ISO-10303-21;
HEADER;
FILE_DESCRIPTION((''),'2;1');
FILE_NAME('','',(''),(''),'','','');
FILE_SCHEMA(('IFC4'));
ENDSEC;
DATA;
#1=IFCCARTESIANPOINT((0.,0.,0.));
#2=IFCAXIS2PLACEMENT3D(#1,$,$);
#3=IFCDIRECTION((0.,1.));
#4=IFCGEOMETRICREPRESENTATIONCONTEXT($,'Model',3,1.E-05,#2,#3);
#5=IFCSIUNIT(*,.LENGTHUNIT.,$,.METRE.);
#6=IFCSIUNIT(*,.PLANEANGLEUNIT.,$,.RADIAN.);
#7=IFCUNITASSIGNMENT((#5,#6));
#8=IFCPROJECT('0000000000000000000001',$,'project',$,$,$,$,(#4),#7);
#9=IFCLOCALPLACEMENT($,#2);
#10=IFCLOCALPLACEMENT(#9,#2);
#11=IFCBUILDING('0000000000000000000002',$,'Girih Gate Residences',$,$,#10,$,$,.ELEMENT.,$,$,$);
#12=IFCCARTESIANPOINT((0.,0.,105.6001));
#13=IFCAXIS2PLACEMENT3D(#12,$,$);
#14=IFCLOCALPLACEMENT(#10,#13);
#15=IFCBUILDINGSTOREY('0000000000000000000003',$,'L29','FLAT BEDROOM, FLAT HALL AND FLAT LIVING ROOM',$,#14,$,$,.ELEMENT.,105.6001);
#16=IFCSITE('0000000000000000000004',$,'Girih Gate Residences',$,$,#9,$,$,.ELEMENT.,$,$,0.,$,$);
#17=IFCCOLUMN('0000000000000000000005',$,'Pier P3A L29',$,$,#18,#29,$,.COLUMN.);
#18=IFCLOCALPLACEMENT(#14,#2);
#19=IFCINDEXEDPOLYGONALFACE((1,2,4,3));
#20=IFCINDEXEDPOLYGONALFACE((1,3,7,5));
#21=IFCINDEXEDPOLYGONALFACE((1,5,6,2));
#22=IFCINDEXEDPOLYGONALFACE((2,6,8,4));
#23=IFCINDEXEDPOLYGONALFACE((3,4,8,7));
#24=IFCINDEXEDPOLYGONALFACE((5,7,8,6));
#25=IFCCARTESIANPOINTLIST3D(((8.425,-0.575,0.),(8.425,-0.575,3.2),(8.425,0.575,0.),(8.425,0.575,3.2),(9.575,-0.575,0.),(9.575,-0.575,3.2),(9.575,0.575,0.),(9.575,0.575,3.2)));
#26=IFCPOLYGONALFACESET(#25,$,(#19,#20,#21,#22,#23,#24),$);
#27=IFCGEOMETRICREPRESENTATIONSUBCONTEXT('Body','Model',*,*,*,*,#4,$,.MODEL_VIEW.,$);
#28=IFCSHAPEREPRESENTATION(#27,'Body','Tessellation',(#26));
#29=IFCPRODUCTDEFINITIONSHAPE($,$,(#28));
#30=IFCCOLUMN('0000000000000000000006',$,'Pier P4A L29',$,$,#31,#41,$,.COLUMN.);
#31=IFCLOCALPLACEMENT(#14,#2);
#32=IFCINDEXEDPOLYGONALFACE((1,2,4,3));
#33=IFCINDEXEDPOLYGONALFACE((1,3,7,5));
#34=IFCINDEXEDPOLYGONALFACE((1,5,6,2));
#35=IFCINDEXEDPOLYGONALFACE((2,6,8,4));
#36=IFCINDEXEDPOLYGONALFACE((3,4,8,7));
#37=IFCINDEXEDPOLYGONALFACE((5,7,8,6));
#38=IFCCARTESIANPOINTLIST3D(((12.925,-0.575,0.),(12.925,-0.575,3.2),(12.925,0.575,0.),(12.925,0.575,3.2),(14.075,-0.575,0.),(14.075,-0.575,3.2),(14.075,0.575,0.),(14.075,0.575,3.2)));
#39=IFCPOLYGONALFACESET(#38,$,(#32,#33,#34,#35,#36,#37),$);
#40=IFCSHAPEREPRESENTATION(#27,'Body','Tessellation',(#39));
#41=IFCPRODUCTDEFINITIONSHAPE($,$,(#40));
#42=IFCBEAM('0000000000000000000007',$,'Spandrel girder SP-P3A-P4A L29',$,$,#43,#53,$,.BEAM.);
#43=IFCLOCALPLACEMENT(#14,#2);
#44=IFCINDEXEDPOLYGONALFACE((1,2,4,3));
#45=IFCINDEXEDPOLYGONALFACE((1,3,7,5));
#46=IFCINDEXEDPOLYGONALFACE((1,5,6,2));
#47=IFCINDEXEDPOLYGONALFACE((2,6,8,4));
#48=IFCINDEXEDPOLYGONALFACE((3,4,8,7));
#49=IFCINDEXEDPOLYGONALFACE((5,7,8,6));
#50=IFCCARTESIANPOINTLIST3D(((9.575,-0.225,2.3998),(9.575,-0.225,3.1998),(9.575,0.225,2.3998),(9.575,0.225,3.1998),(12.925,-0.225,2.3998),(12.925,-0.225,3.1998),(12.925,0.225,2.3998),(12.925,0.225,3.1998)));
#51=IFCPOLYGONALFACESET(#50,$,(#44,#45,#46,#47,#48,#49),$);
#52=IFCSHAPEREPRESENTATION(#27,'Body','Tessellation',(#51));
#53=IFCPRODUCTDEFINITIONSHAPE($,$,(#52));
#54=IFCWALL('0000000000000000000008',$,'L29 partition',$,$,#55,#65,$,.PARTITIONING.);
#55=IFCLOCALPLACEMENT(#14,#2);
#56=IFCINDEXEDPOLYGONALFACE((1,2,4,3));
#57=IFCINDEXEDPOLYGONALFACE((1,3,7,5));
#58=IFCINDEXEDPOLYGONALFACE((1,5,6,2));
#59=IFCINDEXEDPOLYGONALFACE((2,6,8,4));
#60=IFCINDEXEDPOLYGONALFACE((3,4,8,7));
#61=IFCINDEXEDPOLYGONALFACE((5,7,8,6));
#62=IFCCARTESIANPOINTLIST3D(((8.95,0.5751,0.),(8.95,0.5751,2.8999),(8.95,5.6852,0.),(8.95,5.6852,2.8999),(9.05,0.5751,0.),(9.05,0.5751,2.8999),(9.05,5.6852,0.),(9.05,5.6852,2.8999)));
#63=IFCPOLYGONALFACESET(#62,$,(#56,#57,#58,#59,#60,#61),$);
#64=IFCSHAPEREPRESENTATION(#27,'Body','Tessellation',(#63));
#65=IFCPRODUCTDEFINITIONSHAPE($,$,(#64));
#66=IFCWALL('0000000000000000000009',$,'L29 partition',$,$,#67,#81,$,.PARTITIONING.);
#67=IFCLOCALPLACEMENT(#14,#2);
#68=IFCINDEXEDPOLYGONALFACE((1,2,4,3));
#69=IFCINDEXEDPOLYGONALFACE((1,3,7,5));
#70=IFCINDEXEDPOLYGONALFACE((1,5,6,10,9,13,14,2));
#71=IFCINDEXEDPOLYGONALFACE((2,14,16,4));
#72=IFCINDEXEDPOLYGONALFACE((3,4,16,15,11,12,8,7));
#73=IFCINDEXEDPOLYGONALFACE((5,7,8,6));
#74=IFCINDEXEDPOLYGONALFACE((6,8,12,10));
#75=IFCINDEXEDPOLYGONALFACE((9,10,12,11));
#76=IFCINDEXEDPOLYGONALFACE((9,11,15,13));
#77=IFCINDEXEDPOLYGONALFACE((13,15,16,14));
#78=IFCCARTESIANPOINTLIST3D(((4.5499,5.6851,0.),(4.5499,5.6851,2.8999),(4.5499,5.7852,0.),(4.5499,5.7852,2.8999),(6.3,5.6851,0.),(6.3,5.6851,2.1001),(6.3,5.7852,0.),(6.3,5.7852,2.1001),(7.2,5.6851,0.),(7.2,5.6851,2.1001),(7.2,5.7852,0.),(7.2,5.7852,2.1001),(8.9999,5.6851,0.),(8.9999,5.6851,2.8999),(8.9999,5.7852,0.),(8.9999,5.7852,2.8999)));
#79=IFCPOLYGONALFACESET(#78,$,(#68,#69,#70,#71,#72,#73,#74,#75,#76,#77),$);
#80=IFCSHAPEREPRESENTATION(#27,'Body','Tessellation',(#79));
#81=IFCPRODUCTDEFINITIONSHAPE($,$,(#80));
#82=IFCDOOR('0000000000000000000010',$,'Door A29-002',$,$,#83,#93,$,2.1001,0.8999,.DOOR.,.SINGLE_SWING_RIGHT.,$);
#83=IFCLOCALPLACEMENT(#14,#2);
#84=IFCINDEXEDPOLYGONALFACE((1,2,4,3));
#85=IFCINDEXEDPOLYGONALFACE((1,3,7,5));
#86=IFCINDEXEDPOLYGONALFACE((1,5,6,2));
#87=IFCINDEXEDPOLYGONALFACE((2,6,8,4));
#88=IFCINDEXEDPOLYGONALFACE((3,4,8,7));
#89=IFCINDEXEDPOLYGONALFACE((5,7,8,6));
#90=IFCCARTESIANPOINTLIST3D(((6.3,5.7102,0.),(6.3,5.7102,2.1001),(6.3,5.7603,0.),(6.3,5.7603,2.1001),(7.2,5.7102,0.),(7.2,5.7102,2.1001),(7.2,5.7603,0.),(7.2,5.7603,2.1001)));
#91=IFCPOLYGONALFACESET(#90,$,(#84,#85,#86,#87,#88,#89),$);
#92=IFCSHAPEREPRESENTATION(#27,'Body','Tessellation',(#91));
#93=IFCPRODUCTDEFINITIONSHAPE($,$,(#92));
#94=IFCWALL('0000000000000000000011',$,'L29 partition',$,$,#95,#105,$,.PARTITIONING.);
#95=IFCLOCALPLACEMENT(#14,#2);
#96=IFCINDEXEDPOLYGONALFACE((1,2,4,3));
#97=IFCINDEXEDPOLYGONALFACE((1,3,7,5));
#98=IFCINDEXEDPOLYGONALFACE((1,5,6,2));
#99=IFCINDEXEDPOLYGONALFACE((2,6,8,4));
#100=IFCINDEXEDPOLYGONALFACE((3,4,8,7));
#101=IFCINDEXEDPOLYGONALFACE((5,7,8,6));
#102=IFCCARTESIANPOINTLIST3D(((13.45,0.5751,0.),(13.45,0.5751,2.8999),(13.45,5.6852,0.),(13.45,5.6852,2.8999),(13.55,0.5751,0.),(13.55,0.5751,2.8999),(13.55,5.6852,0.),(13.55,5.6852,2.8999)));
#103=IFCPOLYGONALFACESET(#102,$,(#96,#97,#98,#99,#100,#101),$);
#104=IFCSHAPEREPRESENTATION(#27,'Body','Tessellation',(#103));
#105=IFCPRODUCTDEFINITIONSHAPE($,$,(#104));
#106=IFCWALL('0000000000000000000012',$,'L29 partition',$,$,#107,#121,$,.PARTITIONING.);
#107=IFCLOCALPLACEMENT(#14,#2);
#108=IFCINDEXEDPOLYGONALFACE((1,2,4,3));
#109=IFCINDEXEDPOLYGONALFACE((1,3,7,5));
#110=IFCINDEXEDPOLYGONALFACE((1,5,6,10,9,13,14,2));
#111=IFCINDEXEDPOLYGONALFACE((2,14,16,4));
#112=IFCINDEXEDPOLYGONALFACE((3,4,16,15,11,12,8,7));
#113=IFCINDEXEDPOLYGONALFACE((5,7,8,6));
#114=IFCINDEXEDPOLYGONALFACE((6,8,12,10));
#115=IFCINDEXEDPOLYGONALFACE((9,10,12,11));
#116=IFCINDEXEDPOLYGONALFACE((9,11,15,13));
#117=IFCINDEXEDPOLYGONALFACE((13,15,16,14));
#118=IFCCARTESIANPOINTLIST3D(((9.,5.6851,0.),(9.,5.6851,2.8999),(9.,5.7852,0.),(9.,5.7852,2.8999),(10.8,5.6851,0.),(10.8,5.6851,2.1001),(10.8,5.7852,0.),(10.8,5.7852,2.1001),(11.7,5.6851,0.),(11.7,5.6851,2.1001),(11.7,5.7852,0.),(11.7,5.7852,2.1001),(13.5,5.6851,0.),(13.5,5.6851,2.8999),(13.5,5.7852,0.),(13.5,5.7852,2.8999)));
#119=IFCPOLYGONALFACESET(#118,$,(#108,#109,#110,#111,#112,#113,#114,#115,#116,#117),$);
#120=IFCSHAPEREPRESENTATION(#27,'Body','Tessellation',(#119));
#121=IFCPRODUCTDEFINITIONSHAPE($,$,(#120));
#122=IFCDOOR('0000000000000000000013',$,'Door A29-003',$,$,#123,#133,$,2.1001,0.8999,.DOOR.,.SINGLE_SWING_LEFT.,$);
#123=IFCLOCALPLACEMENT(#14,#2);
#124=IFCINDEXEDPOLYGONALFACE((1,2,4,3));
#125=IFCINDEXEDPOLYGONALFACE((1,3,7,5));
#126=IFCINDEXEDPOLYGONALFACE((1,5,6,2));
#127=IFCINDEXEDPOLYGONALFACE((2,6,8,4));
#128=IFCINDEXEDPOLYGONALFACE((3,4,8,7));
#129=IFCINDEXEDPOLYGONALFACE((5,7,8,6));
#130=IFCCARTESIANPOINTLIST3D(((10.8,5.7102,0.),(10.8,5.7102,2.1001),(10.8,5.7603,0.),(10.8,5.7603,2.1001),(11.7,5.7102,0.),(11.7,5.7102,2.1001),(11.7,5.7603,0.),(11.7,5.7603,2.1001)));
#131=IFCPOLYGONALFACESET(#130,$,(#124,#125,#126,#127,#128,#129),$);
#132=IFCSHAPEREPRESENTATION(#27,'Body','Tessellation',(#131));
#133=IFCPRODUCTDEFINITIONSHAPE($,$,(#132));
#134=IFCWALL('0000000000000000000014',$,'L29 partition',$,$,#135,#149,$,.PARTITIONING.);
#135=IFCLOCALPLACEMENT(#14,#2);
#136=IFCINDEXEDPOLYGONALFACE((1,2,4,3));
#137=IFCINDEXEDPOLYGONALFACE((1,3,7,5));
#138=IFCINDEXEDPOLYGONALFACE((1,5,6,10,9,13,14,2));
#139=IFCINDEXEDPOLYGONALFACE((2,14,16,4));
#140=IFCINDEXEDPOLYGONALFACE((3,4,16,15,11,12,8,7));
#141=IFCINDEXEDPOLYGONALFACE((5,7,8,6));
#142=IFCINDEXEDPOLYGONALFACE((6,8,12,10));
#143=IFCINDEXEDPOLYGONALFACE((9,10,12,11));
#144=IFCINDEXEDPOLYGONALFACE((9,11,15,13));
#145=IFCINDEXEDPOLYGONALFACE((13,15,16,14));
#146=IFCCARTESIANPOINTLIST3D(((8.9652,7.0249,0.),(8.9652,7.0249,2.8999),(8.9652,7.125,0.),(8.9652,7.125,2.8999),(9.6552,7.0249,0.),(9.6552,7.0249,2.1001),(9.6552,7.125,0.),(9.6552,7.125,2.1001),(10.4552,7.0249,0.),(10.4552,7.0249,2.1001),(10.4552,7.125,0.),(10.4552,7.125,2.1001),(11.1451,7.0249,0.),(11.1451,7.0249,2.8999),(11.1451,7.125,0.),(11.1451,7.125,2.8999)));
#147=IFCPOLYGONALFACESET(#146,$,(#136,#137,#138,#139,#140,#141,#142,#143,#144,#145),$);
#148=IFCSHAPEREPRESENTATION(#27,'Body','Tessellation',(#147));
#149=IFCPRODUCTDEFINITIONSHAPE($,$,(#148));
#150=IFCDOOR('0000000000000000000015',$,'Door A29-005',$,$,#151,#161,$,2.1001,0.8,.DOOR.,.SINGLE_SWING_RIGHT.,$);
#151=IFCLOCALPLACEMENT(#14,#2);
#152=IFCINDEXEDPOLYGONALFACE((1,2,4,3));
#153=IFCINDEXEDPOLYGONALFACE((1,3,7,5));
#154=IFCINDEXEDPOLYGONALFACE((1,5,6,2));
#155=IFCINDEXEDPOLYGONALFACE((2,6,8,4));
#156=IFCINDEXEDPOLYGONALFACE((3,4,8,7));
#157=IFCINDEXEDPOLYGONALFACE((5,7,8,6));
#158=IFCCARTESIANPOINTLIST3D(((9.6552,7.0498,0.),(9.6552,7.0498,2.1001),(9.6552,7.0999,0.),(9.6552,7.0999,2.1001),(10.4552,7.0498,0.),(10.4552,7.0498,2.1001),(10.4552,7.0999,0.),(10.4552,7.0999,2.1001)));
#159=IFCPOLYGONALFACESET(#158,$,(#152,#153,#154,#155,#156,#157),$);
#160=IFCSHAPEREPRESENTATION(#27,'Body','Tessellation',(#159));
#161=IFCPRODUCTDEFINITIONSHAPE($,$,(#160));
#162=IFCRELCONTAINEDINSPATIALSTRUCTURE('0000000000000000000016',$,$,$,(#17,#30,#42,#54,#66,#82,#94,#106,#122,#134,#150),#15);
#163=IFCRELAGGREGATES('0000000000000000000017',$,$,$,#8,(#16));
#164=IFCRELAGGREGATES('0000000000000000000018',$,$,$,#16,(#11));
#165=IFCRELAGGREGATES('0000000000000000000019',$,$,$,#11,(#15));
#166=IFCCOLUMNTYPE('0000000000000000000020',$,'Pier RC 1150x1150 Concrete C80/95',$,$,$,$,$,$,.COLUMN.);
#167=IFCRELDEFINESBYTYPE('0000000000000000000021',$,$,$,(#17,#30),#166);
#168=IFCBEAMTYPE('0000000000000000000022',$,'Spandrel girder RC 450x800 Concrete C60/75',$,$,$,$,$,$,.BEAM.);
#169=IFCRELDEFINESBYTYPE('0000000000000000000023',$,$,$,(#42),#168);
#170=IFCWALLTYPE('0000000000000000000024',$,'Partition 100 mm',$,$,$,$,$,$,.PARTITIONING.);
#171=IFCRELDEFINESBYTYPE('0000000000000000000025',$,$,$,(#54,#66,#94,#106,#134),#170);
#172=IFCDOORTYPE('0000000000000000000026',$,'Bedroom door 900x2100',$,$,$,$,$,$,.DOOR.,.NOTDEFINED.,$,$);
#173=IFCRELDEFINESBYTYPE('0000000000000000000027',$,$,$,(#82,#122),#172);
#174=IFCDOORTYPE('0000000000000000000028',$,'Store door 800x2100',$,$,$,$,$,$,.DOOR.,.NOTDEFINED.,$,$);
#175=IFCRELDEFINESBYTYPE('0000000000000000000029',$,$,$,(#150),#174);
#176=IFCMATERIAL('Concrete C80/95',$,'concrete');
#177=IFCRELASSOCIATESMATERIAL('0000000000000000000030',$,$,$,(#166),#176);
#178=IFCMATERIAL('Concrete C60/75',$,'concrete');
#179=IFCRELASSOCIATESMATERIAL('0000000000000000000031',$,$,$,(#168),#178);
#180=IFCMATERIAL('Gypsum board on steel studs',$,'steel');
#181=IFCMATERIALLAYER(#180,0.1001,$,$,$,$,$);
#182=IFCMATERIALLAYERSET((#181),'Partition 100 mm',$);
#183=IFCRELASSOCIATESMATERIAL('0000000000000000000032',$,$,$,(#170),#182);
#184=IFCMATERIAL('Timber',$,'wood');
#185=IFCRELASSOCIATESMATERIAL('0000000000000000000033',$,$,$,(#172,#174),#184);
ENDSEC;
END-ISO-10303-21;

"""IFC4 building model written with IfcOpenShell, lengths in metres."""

from ifc_helpers import new_model, si_unit, direction, frame, frame_2d, origin, origin_2d, place, context, subcontext, project, spatial, rectangle, extrude, material, layer, layer_set, material_profile, profile_set, type_object, element, fill, save


model = new_model("IFC4")

# Units and contexts
model_context = context("Model", 3, precision=1e-05, world=origin(), true_north=direction((0.0, 1.0)))
body_context = subcontext(model_context, "Body", "Model", "MODEL_VIEW")
ifc_project = project(units=[si_unit("LENGTHUNIT", "METRE"), si_unit("PLANEANGLEUNIT", "RADIAN")], contexts=[model_context])

# Site, building, storey
site_placement = place(None, origin())
site = spatial("IfcSite", under=ifc_project, at=site_placement, Name="Girih Gate Residences", CompositionType="ELEMENT", RefElevation=0.0)
building_placement = place(site_placement, origin())
building = spatial("IfcBuilding", under=site, at=building_placement, Name="Girih Gate Residences", CompositionType="ELEMENT")
storey_placement = place(building_placement, frame((0.0, 0.0, 105.6001)))
storey = spatial("IfcBuildingStorey", under=building, at=storey_placement, Name="L29", Description="FLAT BEDROOM, FLAT HALL AND FLAT LIVING ROOM", CompositionType="ELEMENT", Elevation=105.6001)

# Columns
ifc_material_1 = material(Name="Concrete C80/95", Category="concrete")
ifc_material_profile_1 = material_profile(ifc_material_1, rectangle(XDim=1.1499, YDim=1.1499, at=origin_2d()))
ifc_profile_set_1 = profile_set([ifc_material_profile_1], Name="Concrete C80/95")
column_type = type_object("IfcColumnType", Name="Pier RC 1150x1150 Concrete C80/95", PredefinedType="COLUMN", material=ifc_profile_set_1)
for number, where, z_axis, x_axis, name in (
    (1, (9.0, 0.0, 0.0), (0.0, 0.0, 1.0), (1.0, 0.0, 0.0), "Pier P3A L29"),
    (2, (13.5, 0.0, 0.0), (0.0, 0.0, 1.0), (1.0, 0.0, 0.0), "Pier P4A L29"),
):
    element("IfcColumn", number, at=place(storey_placement, frame(where, z_axis=z_axis, x_axis=x_axis)), inside=storey, type_object=column_type, Name=name, PredefinedType="COLUMN", context=body_context, shape_type="SweptSolid", body=[
        extrude(rectangle(XDim=1.1499, YDim=1.1499, at=origin_2d()), origin(), (0.0, 0.0, 1.0), 3.2),
    ])

# Beam
ifc_material_2 = material(Name="Concrete C60/75", Category="concrete")
ifc_material_profile_2 = material_profile(ifc_material_2, rectangle(XDim=0.45, YDim=0.8, at=origin_2d()))
ifc_profile_set_2 = profile_set([ifc_material_profile_2], Name="Concrete C60/75")
beam_type = type_object("IfcBeamType", Name="Spandrel girder RC 450x800 Concrete C60/75", PredefinedType="BEAM", material=ifc_profile_set_2)
beam_placement = place(storey_placement, frame((9.575, 0.0, 2.7998), z_axis=(1.0, 0.0, 0.0), x_axis=(0.0, 1.0, 0.0)))
element("IfcBeam", 3, at=beam_placement, inside=storey, type_object=beam_type, Name="Spandrel girder SP-P3A-P4A L29", PredefinedType="BEAM", context=body_context, shape_type="SweptSolid", body=[
    extrude(rectangle(XDim=0.45, YDim=0.8, at=origin_2d()), origin(), (0.0, 0.0, 1.0), 3.3501),
])

# Wall
ifc_material_3 = material(Name="Gypsum board on steel studs", Category="steel")
ifc_layer_1 = layer(ifc_material_3, 0.1001)
ifc_layer_set_1 = layer_set([ifc_layer_1], Name="Partition 100 mm")
wall_type_1 = type_object("IfcWallType", Name="Partition 100 mm", PredefinedType="PARTITIONING", material=ifc_layer_set_1)
wall_1_placement = place(storey_placement, frame((9.0, 0.575, 0.0), z_axis=(0.0, 0.0, 1.0), x_axis=(0.0, 1.0, 0.0)))
element("IfcWall", 4, at=wall_1_placement, inside=storey, type_object=wall_type_1, Name="L29 partition", PredefinedType="PARTITIONING", context=body_context, shape_type="SweptSolid", body=[
    extrude(rectangle(XDim=5.1101, YDim=0.1001, at=frame_2d((2.5552, 0.0))), origin(), (0.0, 0.0, 1.0), 2.8999),
])

# Wall, opening, door
wall_2_placement = place(storey_placement, frame((9.0, 5.7351, 0.0), z_axis=(0.0, 0.0, 1.0), x_axis=(-1.0, 0.0, 0.0)))
wall_2 = element("IfcWall", 5, at=wall_2_placement, inside=storey, type_object=wall_type_1, Name="L29 partition", PredefinedType="PARTITIONING", context=body_context, shape_type="SweptSolid", body=[
    extrude(rectangle(XDim=4.45, YDim=0.1001, at=frame_2d((2.2251, 0.0))), origin(), (0.0, 0.0, 1.0), 2.8999),
])
opening_1_placement = place(wall_2_placement, frame((1.8, 0.0, 0.0)))
opening_1 = element("IfcOpeningElement", 6, at=opening_1_placement, cuts=wall_2, PredefinedType="OPENING", context=body_context, shape_type="SweptSolid", body=[
    extrude(rectangle(XDim=0.8999, YDim=2.1001, at=frame_2d((0.45, 1.05))), frame((0.0, 0.0601, 0.0), z_axis=(0.0, -1.0, 0.0), x_axis=(1.0, 0.0, 0.0)), (0.0, 0.0, 1.0), 0.1201),
])
ifc_material_4 = material(Name="Timber", Category="wood")
door_type_1 = type_object("IfcDoorType", Name="Bedroom door 900x2100", OperationType="NOTDEFINED", PredefinedType="DOOR", material=ifc_material_4)
door_1_placement = place(opening_1_placement, origin())
door_1 = element("IfcDoor", 7, at=door_1_placement, inside=storey, type_object=door_type_1, Name="Door A29-002", OperationType="SINGLE_SWING_RIGHT", OverallHeight=2.1001, OverallWidth=0.8999, PredefinedType="DOOR", context=body_context, shape_type="SweptSolid", body=[
    extrude(rectangle(XDim=0.8999, YDim=2.1001, at=frame_2d((0.45, 1.05))), frame((0.0, 0.0249, 0.0), z_axis=(0.0, -1.0, 0.0), x_axis=(1.0, 0.0, 0.0)), (0.0, 0.0, 1.0), 0.05),
])
fill(opening_1, door_1)

# Wall
wall_3_placement = place(storey_placement, frame((13.5, 0.575, 0.0), z_axis=(0.0, 0.0, 1.0), x_axis=(0.0, 1.0, 0.0)))
element("IfcWall", 8, at=wall_3_placement, inside=storey, type_object=wall_type_1, Name="L29 partition", PredefinedType="PARTITIONING", context=body_context, shape_type="SweptSolid", body=[
    extrude(rectangle(XDim=5.1101, YDim=0.1001, at=frame_2d((2.5552, 0.0))), origin(), (0.0, 0.0, 1.0), 2.8999),
])

# Walls, openings, doors
wall_4_placement = place(storey_placement, frame((13.5, 5.7351, 0.0), z_axis=(0.0, 0.0, 1.0), x_axis=(-1.0, 0.0, 0.0)))
wall_4 = element("IfcWall", 9, at=wall_4_placement, inside=storey, type_object=wall_type_1, Name="L29 partition", PredefinedType="PARTITIONING", context=body_context, shape_type="SweptSolid", body=[
    extrude(rectangle(XDim=4.5, YDim=0.1001, at=frame_2d((2.25, 0.0))), origin(), (0.0, 0.0, 1.0), 2.8999),
])
opening_2_placement = place(wall_4_placement, frame((1.8, 0.0, 0.0)))
opening_2 = element("IfcOpeningElement", 10, at=opening_2_placement, cuts=wall_4, PredefinedType="OPENING", context=body_context, shape_type="SweptSolid", body=[
    extrude(rectangle(XDim=0.8999, YDim=2.1001, at=frame_2d((0.45, 1.05))), frame((0.0, 0.0601, 0.0), z_axis=(0.0, -1.0, 0.0), x_axis=(1.0, 0.0, 0.0)), (0.0, 0.0, 1.0), 0.1201),
])
door_2_placement = place(opening_2_placement, origin())
door_2 = element("IfcDoor", 11, at=door_2_placement, inside=storey, type_object=door_type_1, Name="Door A29-003", OperationType="SINGLE_SWING_LEFT", OverallHeight=2.1001, OverallWidth=0.8999, PredefinedType="DOOR", context=body_context, shape_type="SweptSolid", body=[
    extrude(rectangle(XDim=0.8999, YDim=2.1001, at=frame_2d((0.45, 1.05))), frame((0.0, 0.0249, 0.0), z_axis=(0.0, -1.0, 0.0), x_axis=(1.0, 0.0, 0.0)), (0.0, 0.0, 1.0), 0.05),
])
fill(opening_2, door_2)
wall_5_placement = place(storey_placement, frame((8.9653, 7.075, 0.0), z_axis=(0.0, 0.0, 1.0), x_axis=(1.0, 0.0, 0.0)))
wall_5 = element("IfcWall", 12, at=wall_5_placement, inside=storey, type_object=wall_type_1, Name="L29 partition", PredefinedType="PARTITIONING", context=body_context, shape_type="SweptSolid", body=[
    extrude(rectangle(XDim=2.1799, YDim=0.1001, at=frame_2d((1.0898, 0.0))), origin(), (0.0, 0.0, 1.0), 2.8999),
])
opening_3_placement = place(wall_5_placement, frame((0.6899, 0.0, 0.0)))
opening_3 = element("IfcOpeningElement", 13, at=opening_3_placement, cuts=wall_5, PredefinedType="OPENING", context=body_context, shape_type="SweptSolid", body=[
    extrude(rectangle(XDim=0.8, YDim=2.1001, at=frame_2d((0.3999, 1.05))), frame((0.0, 0.0601, 0.0), z_axis=(0.0, -1.0, 0.0), x_axis=(1.0, 0.0, 0.0)), (0.0, 0.0, 1.0), 0.1201),
])
door_type_2 = type_object("IfcDoorType", Name="Store door 800x2100", OperationType="NOTDEFINED", PredefinedType="DOOR", material=ifc_material_4)
door_3_placement = place(opening_3_placement, origin())
door_3 = element("IfcDoor", 14, at=door_3_placement, inside=storey, type_object=door_type_2, Name="Door A29-005", OperationType="SINGLE_SWING_RIGHT", OverallHeight=2.1001, OverallWidth=0.8, PredefinedType="DOOR", context=body_context, shape_type="SweptSolid", body=[
    extrude(rectangle(XDim=0.8, YDim=2.1001, at=frame_2d((0.3999, 1.05))), frame((0.0, 0.0249, 0.0), z_axis=(0.0, -1.0, 0.0), x_axis=(1.0, 0.0, 0.0)), (0.0, 0.0, 1.0), 0.05),
])
fill(opening_3, door_3)

save(model, "model.ifc")
